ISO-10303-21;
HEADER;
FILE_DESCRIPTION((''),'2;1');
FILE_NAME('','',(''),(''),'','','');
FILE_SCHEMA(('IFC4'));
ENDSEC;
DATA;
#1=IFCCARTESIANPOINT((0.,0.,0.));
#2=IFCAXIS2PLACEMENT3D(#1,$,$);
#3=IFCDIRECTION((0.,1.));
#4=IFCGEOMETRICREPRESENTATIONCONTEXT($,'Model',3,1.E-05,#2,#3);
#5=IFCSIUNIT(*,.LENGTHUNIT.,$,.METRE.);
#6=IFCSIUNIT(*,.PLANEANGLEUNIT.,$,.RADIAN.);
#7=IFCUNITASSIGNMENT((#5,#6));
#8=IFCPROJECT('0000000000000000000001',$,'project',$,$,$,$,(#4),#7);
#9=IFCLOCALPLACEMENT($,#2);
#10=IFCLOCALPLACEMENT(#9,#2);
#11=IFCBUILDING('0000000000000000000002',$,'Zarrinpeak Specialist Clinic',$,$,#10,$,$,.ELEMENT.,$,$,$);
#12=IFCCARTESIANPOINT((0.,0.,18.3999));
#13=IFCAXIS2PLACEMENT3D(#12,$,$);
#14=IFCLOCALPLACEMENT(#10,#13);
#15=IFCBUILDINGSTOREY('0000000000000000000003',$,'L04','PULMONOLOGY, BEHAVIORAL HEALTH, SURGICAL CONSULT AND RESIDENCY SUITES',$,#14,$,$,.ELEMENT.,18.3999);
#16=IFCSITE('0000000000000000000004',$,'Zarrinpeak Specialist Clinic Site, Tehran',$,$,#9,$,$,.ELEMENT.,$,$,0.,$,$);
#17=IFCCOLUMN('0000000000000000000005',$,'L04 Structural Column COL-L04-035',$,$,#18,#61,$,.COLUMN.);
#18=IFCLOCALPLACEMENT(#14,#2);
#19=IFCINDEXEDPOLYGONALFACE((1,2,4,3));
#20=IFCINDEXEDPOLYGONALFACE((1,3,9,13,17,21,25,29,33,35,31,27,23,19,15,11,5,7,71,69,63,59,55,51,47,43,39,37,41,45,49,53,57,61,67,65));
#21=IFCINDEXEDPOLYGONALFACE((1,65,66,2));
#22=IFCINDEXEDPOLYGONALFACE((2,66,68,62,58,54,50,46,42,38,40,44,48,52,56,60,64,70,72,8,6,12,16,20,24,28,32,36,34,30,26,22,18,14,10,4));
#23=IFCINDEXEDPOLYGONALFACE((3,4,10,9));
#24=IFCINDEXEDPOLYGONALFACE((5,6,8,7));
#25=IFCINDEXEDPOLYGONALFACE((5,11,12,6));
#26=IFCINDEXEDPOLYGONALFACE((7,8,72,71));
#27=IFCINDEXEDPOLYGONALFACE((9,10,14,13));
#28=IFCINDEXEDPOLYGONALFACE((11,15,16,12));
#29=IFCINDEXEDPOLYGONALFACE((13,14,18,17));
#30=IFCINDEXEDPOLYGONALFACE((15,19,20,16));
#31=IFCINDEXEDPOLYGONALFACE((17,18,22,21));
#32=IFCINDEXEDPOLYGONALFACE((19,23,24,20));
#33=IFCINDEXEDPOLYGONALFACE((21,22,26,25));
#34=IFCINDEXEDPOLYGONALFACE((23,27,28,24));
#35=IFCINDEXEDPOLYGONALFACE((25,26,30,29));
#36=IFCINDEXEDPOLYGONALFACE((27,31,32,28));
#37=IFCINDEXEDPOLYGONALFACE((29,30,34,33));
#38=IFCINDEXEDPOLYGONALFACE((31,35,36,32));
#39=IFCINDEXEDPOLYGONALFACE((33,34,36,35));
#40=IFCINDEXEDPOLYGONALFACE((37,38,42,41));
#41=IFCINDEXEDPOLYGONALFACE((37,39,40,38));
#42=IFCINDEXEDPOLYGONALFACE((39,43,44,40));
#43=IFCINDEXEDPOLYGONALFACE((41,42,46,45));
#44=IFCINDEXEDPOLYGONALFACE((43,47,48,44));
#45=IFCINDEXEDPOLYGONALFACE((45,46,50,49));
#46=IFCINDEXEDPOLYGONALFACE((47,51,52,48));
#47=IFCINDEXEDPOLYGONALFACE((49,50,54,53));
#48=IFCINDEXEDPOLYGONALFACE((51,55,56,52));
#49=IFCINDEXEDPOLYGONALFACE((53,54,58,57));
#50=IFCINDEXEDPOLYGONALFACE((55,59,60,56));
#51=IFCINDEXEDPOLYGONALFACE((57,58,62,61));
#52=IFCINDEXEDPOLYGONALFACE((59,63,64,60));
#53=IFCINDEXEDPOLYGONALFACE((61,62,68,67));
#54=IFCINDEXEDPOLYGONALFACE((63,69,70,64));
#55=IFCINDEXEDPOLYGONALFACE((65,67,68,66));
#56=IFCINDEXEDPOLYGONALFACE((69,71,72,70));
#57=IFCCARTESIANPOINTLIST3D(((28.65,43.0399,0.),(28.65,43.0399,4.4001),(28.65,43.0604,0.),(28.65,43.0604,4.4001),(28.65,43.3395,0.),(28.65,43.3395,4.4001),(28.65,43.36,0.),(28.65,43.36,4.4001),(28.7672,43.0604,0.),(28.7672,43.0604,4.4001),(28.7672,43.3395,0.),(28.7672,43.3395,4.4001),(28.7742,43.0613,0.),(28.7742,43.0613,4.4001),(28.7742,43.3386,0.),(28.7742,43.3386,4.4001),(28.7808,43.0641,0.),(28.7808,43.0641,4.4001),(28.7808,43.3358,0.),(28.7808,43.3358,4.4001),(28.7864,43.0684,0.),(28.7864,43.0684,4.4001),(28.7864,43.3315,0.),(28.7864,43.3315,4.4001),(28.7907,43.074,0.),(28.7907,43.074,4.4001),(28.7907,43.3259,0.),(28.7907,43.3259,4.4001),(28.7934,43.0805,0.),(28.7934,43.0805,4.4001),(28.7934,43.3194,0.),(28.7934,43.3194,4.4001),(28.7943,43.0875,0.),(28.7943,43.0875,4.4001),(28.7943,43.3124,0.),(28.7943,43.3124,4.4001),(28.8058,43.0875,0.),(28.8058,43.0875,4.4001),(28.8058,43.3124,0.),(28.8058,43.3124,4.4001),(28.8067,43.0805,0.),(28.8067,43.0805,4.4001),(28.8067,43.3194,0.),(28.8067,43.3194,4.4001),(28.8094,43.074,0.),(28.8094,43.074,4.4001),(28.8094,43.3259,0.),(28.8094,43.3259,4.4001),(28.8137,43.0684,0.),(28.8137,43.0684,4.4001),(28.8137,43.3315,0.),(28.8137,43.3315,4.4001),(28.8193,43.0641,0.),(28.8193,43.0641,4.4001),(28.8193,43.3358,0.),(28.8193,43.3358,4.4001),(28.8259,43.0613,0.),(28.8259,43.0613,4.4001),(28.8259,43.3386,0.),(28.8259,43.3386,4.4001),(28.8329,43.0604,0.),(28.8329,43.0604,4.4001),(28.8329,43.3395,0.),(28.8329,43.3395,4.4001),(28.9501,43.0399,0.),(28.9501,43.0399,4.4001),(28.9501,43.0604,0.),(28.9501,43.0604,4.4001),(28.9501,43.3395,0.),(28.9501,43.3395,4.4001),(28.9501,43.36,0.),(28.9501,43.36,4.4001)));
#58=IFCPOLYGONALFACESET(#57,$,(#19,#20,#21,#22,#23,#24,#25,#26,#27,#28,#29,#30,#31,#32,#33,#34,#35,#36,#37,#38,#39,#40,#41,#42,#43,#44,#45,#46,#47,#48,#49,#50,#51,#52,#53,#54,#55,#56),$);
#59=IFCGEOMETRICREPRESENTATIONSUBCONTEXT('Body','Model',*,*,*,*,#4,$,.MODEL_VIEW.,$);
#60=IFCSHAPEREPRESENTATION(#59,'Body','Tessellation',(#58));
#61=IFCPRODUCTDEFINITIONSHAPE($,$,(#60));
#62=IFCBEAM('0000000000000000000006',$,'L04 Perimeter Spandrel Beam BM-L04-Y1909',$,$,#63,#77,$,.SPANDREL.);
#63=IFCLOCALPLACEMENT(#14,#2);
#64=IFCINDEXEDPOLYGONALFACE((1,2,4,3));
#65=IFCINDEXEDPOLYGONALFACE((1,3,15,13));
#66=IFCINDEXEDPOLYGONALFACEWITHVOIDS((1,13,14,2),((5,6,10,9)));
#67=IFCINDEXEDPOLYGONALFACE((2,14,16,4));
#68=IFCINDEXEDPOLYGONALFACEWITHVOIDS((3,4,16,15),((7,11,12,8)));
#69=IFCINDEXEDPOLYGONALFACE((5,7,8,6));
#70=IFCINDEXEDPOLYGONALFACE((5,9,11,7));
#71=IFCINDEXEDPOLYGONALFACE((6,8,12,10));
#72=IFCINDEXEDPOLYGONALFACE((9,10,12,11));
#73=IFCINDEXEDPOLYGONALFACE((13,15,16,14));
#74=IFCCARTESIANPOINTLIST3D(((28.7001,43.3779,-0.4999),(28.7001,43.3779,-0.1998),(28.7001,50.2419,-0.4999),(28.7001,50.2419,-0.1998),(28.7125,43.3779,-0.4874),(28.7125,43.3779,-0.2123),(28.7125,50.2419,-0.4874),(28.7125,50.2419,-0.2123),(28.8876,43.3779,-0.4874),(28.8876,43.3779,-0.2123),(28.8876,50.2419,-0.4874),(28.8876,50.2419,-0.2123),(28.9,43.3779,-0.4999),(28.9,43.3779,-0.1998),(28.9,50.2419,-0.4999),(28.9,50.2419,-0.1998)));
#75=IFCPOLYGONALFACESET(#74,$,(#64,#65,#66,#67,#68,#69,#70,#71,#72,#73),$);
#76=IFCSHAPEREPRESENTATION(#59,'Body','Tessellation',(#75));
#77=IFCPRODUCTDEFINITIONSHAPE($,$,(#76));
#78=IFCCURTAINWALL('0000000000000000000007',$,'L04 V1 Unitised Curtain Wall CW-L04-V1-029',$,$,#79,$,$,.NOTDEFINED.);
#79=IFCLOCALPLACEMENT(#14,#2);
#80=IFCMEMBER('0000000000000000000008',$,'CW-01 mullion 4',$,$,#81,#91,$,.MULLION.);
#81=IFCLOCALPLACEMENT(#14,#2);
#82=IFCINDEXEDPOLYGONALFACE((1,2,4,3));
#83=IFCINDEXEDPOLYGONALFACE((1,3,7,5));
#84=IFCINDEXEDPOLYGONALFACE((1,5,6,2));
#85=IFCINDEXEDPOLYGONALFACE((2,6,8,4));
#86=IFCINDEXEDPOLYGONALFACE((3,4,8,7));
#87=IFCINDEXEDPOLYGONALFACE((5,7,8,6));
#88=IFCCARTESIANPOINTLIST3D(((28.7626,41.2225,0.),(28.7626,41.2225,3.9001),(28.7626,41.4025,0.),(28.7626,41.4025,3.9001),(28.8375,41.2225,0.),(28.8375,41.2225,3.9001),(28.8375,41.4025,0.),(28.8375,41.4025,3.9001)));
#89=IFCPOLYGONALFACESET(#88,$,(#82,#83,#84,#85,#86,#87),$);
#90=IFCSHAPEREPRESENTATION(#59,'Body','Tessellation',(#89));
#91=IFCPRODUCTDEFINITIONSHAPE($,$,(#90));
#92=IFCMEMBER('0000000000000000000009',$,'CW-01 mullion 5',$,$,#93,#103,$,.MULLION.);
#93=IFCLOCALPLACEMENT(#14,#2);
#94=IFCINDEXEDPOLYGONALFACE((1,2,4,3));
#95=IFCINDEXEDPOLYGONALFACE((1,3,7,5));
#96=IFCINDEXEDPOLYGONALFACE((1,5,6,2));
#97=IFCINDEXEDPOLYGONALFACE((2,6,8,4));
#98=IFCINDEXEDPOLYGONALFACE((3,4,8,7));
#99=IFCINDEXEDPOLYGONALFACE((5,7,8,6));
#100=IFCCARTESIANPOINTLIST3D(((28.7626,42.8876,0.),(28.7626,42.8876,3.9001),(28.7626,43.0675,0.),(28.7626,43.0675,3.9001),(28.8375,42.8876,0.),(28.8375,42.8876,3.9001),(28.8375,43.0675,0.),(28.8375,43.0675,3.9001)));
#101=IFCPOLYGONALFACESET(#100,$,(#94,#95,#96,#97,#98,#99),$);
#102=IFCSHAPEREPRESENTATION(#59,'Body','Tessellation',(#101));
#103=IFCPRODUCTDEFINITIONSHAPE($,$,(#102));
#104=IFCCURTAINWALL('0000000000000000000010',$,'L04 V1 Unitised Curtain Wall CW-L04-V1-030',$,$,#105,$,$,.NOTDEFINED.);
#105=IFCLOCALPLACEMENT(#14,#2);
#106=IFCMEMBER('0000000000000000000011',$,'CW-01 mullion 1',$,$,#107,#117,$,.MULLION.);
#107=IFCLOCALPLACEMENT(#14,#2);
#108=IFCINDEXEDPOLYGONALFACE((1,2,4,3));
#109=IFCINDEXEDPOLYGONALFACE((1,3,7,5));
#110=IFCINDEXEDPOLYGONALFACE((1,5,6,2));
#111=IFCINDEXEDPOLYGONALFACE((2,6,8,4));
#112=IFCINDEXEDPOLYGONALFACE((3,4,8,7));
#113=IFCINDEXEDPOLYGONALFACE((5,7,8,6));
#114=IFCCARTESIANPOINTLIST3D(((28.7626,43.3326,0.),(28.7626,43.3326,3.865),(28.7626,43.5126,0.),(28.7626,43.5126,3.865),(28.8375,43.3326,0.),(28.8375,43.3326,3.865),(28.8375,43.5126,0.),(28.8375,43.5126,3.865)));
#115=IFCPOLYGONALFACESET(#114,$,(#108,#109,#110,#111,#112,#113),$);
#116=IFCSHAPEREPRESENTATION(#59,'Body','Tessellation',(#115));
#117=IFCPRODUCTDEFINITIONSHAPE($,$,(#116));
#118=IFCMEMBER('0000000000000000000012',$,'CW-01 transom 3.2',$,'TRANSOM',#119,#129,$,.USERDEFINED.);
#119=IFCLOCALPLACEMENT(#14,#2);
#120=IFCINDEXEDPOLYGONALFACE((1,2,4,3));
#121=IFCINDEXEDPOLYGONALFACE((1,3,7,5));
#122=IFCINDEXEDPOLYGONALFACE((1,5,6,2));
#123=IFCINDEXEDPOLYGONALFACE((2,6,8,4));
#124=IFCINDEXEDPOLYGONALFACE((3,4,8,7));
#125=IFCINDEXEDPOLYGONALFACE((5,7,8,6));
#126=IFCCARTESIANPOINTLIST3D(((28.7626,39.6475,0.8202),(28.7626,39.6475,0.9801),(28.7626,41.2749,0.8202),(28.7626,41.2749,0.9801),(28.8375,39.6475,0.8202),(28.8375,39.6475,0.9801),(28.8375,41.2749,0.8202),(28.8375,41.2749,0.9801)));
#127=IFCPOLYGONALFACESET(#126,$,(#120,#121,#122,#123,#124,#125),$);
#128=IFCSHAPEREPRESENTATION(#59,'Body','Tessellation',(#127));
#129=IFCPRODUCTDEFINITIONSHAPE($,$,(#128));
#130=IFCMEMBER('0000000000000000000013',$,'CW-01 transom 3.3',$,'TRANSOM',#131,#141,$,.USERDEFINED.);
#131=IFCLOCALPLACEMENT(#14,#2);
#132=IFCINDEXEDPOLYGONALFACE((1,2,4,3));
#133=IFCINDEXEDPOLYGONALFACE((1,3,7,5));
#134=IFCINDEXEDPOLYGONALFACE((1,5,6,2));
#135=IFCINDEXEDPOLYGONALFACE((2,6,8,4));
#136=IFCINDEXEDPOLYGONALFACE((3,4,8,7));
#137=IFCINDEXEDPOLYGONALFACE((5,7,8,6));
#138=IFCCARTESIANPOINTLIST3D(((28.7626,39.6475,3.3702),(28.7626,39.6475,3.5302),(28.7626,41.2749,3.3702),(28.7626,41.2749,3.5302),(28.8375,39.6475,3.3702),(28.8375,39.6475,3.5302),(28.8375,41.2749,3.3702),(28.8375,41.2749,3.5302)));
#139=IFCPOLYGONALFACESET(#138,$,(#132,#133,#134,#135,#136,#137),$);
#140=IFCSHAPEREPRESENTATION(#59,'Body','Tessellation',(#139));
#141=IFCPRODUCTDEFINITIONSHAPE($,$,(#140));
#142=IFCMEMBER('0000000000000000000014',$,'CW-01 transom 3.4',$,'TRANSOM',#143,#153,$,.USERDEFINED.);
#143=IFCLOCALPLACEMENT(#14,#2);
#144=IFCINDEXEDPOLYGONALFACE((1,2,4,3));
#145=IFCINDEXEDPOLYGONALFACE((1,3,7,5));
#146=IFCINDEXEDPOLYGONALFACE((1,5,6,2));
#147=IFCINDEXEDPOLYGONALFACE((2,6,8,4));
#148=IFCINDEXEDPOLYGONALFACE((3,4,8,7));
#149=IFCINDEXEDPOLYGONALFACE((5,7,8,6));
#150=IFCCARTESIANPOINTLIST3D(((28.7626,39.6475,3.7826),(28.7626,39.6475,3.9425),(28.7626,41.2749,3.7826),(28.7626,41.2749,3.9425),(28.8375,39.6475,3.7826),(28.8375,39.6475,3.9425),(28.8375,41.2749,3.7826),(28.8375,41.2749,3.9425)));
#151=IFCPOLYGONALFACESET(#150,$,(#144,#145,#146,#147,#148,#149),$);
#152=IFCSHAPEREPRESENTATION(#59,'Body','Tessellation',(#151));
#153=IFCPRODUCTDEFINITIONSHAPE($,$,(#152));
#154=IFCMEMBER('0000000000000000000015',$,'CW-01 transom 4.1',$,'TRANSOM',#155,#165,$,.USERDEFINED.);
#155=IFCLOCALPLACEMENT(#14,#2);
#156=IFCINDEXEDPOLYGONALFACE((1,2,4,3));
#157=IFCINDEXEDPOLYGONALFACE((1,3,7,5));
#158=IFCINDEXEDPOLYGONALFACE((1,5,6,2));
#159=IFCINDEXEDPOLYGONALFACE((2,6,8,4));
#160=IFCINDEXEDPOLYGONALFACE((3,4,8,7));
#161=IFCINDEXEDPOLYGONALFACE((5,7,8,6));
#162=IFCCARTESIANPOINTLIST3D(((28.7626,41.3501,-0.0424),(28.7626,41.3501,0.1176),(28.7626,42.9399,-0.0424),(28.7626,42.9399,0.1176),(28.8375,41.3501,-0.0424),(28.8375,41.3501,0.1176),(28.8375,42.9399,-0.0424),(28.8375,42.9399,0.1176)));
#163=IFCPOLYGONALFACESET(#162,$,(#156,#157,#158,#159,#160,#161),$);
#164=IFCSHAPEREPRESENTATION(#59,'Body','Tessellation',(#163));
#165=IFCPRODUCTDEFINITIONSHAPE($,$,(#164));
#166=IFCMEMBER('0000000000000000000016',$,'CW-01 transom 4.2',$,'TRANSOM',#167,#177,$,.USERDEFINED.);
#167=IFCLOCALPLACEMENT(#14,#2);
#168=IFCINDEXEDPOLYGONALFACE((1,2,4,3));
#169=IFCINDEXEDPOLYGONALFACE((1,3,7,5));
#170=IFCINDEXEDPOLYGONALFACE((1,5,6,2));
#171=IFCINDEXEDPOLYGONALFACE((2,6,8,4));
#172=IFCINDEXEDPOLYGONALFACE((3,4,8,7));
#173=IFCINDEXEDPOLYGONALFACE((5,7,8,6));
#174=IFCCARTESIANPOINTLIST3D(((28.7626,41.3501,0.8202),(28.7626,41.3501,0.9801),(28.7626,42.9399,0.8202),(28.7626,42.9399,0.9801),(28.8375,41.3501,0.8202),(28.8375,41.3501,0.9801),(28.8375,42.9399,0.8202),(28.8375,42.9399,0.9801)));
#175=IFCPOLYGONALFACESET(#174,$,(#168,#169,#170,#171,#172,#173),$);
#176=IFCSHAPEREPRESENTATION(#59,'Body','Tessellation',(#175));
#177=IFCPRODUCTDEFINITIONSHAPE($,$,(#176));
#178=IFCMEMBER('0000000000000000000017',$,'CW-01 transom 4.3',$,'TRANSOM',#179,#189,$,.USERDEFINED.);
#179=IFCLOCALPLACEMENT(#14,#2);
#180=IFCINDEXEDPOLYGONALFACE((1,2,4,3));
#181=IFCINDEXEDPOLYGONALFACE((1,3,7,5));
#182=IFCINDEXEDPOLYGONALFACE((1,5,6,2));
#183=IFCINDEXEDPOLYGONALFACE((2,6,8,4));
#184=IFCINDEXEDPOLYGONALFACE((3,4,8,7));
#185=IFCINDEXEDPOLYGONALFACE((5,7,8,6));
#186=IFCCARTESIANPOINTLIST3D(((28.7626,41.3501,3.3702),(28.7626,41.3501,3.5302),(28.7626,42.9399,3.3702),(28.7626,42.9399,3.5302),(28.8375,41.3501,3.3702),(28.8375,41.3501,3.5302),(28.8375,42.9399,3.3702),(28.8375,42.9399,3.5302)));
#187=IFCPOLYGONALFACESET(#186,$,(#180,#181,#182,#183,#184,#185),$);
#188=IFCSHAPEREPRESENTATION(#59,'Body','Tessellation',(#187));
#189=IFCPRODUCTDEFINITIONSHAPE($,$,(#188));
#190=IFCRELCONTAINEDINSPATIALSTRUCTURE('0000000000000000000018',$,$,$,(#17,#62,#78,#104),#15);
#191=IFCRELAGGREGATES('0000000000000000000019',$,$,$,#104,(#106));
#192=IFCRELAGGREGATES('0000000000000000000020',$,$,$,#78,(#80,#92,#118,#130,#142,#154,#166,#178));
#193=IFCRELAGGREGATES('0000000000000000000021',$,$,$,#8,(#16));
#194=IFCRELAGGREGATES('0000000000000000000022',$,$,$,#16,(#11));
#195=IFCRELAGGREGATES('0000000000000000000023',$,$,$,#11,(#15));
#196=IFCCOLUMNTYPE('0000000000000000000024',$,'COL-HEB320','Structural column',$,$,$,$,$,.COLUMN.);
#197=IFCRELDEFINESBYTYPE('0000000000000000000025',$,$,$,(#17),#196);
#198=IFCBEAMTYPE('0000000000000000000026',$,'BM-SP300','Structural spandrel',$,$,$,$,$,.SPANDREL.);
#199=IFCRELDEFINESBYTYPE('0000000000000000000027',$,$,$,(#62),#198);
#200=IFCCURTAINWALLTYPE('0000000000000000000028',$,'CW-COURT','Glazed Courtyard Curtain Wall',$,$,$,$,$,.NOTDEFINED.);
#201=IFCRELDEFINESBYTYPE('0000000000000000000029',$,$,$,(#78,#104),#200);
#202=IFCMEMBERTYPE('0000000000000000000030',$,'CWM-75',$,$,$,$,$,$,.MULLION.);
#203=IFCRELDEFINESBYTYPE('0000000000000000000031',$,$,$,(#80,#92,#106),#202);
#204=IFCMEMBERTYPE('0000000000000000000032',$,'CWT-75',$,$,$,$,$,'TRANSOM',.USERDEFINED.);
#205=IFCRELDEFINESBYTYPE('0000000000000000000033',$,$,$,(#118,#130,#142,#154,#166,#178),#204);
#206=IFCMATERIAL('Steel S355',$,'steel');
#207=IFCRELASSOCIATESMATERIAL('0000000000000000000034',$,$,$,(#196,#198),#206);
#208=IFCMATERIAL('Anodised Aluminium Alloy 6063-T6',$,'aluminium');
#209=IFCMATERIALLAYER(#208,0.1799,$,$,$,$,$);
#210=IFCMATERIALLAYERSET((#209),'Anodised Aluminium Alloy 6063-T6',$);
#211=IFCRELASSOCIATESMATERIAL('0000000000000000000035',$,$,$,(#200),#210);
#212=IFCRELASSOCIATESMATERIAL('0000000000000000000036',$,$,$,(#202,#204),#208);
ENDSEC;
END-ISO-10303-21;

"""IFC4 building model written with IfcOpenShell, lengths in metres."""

from ifc_helpers import new_model, si_unit, direction, frame, origin, origin_2d, place, context, subcontext, project, spatial, rectangle, hollow_rectangle, i_section, extrude, material, layer, layer_set, material_profile, profile_set, type_object, element, aggregate, save


model = new_model("IFC4")

# Units and contexts
model_context = context("Model", 3, precision=1e-05, world=origin(), true_north=direction((0.0, 1.0)))
body_context = subcontext(model_context, "Body", "Model", "MODEL_VIEW")
ifc_project = project(units=[si_unit("LENGTHUNIT", "METRE"), si_unit("PLANEANGLEUNIT", "RADIAN")], contexts=[model_context])

# Site, building, storey
site_placement = place(None, origin())
site = spatial("IfcSite", under=ifc_project, at=site_placement, Name="Zarrinpeak Specialist Clinic Site, Tehran", CompositionType="ELEMENT", RefElevation=0.0)
building_placement = place(site_placement, origin())
building = spatial("IfcBuilding", under=site, at=building_placement, Name="Zarrinpeak Specialist Clinic", CompositionType="ELEMENT")
storey_placement = place(building_placement, frame((0.0, 0.0, 18.3999)))
storey = spatial("IfcBuildingStorey", under=building, at=storey_placement, Name="L04", Description="PULMONOLOGY, BEHAVIORAL HEALTH, SURGICAL CONSULT AND RESIDENCY SUITES", CompositionType="ELEMENT", Elevation=18.3999)

# Column
ifc_material_1 = material(Name="Steel S355", Category="steel")
ifc_material_profile_1 = material_profile(ifc_material_1, i_section(OverallWidth=0.3, OverallDepth=0.3201, WebThickness=0.0115, FlangeThickness=0.0205, FilletRadius=0.0271, at=origin_2d()), Name="HEB 320")
ifc_profile_set_1 = profile_set([ifc_material_profile_1], Name="Steel S355")
column_type = type_object("IfcColumnType", Name="COL-HEB320", Description="Structural column", PredefinedType="COLUMN", material=ifc_profile_set_1)
column_placement = place(storey_placement, frame((28.8, 43.2, 0.0), z_axis=(0.0, 0.0, 1.0), x_axis=(1.0, 0.0, 0.0)))
element("IfcColumn", 1, at=column_placement, inside=storey, type_object=column_type, Name="L04 Structural Column COL-L04-035", PredefinedType="COLUMN", context=body_context, shape_type="SweptSolid", body=[
    extrude(i_section(OverallWidth=0.3, OverallDepth=0.3201, WebThickness=0.0115, FlangeThickness=0.0205, FilletRadius=0.0271, at=origin_2d()), origin(), (0.0, 0.0, 1.0), 4.4001),
])

# Beam
ifc_material_profile_2 = material_profile(ifc_material_1, hollow_rectangle(XDim=0.2, YDim=0.3, WallThickness=0.0125, at=origin_2d()), Name="RHS 300x200x12.5")
ifc_profile_set_2 = profile_set([ifc_material_profile_2], Name="Steel S355")
beam_type = type_object("IfcBeamType", Name="BM-SP300", Description="Structural spandrel", PredefinedType="SPANDREL", material=ifc_profile_set_2)
beam_placement = place(storey_placement, frame((28.8, 43.3779, -0.3499), z_axis=(0.0, 1.0, 0.0), x_axis=(-1.0, 0.0, 0.0)))
element("IfcBeam", 2, at=beam_placement, inside=storey, type_object=beam_type, Name="L04 Perimeter Spandrel Beam BM-L04-Y1909", PredefinedType="SPANDREL", context=body_context, shape_type="SweptSolid", body=[
    extrude(hollow_rectangle(XDim=0.2, YDim=0.3, WallThickness=0.0125, at=origin_2d()), origin(), (0.0, 0.0, 1.0), 6.864),
])

# Curtain wall, members
ifc_material_2 = material(Name="Anodised Aluminium Alloy 6063-T6", Category="aluminium")
ifc_layer_1 = layer(ifc_material_2, 0.1799)
ifc_layer_set_1 = layer_set([ifc_layer_1], Name="Anodised Aluminium Alloy 6063-T6")
curtain_wall_type = type_object("IfcCurtainWallType", Name="CW-COURT", Description="Glazed Courtyard Curtain Wall", PredefinedType="NOTDEFINED", material=ifc_layer_set_1)
curtain_wall_1_placement = place(storey_placement, origin())
curtain_wall_1 = element("IfcCurtainWall", 3, at=curtain_wall_1_placement, inside=storey, type_object=curtain_wall_type, Name="L04 V1 Unitised Curtain Wall CW-L04-V1-029", PredefinedType="NOTDEFINED")
ifc_material_profile_3 = material_profile(ifc_material_2, rectangle(XDim=0.075, YDim=0.1799, at=origin_2d()), Name="ALU 75x180")
ifc_profile_set_3 = profile_set([ifc_material_profile_3], Name="Anodised Aluminium Alloy 6063-T6")
member_type_1 = type_object("IfcMemberType", Name="CWM-75", PredefinedType="MULLION", material=ifc_profile_set_3)
member_1_placement = place(storey_placement, frame((28.8, 41.3125, 0.0), z_axis=(0.0, 0.0, 1.0), x_axis=(-1.0, 0.0, 0.0)))
member_1 = element("IfcMember", 4, at=member_1_placement, type_object=member_type_1, Name="CW-01 mullion 4", PredefinedType="MULLION", context=body_context, shape_type="SweptSolid", body=[
    extrude(rectangle(XDim=0.075, YDim=0.1799, at=origin_2d()), origin(), (0.0, 0.0, 1.0), 3.9001),
])
member_2_placement = place(storey_placement, frame((28.8, 42.9775, 0.0), z_axis=(0.0, 0.0, 1.0), x_axis=(-1.0, 0.0, 0.0)))
member_2 = element("IfcMember", 5, at=member_2_placement, type_object=member_type_1, Name="CW-01 mullion 5", PredefinedType="MULLION", context=body_context, shape_type="SweptSolid", body=[
    extrude(rectangle(XDim=0.075, YDim=0.1799, at=origin_2d()), origin(), (0.0, 0.0, 1.0), 3.9001),
])

# Curtain wall, member
curtain_wall_2_placement = place(storey_placement, origin())
curtain_wall_2 = element("IfcCurtainWall", 6, at=curtain_wall_2_placement, inside=storey, type_object=curtain_wall_type, Name="L04 V1 Unitised Curtain Wall CW-L04-V1-030", PredefinedType="NOTDEFINED")
member_3_placement = place(storey_placement, frame((28.8, 43.4226, 0.0), z_axis=(0.0, 0.0, 1.0), x_axis=(-1.0, 0.0, 0.0)))
member_3 = element("IfcMember", 7, at=member_3_placement, type_object=member_type_1, Name="CW-01 mullion 1", PredefinedType="MULLION", context=body_context, shape_type="SweptSolid", body=[
    extrude(rectangle(XDim=0.075, YDim=0.1799, at=origin_2d()), origin(), (0.0, 0.0, 1.0), 3.865),
])

# Members
ifc_material_profile_4 = material_profile(ifc_material_2, rectangle(XDim=0.075, YDim=0.1599, at=origin_2d()), Name="ALU 75x160")
ifc_profile_set_4 = profile_set([ifc_material_profile_4], Name="Anodised Aluminium Alloy 6063-T6")
member_type_2 = type_object("IfcMemberType", Name="CWT-75", ElementType="TRANSOM", PredefinedType="USERDEFINED", material=ifc_profile_set_4)
member_4_placement = place(storey_placement, frame((28.8, 39.6475, 0.9001), z_axis=(0.0, 1.0, 0.0), x_axis=(-1.0, 0.0, 0.0)))
member_4 = element("IfcMember", 8, at=member_4_placement, type_object=member_type_2, Name="CW-01 transom 3.2", ObjectType="TRANSOM", PredefinedType="USERDEFINED", context=body_context, shape_type="SweptSolid", body=[
    extrude(rectangle(XDim=0.075, YDim=0.1599, at=origin_2d()), origin(), (0.0, 0.0, 1.0), 1.6274),
])
member_5_placement = place(storey_placement, frame((28.8, 39.6475, 3.4502), z_axis=(0.0, 1.0, 0.0), x_axis=(-1.0, 0.0, 0.0)))
member_5 = element("IfcMember", 9, at=member_5_placement, type_object=member_type_2, Name="CW-01 transom 3.3", ObjectType="TRANSOM", PredefinedType="USERDEFINED", context=body_context, shape_type="SweptSolid", body=[
    extrude(rectangle(XDim=0.075, YDim=0.1599, at=origin_2d()), origin(), (0.0, 0.0, 1.0), 1.6274),
])
member_6_placement = place(storey_placement, frame((28.8, 39.6475, 3.8625), z_axis=(0.0, 1.0, 0.0), x_axis=(-1.0, 0.0, 0.0)))
member_6 = element("IfcMember", 10, at=member_6_placement, type_object=member_type_2, Name="CW-01 transom 3.4", ObjectType="TRANSOM", PredefinedType="USERDEFINED", context=body_context, shape_type="SweptSolid", body=[
    extrude(rectangle(XDim=0.075, YDim=0.1599, at=origin_2d()), origin(), (0.0, 0.0, 1.0), 1.6274),
])
member_7_placement = place(storey_placement, frame((28.8, 41.3501, 0.0376), z_axis=(0.0, 1.0, 0.0), x_axis=(-1.0, 0.0, 0.0)))
member_7 = element("IfcMember", 11, at=member_7_placement, type_object=member_type_2, Name="CW-01 transom 4.1", ObjectType="TRANSOM", PredefinedType="USERDEFINED", context=body_context, shape_type="SweptSolid", body=[
    extrude(rectangle(XDim=0.075, YDim=0.1599, at=origin_2d()), origin(), (0.0, 0.0, 1.0), 1.5898),
])
member_8_placement = place(storey_placement, frame((28.8, 41.3501, 0.9001), z_axis=(0.0, 1.0, 0.0), x_axis=(-1.0, 0.0, 0.0)))
member_8 = element("IfcMember", 12, at=member_8_placement, type_object=member_type_2, Name="CW-01 transom 4.2", ObjectType="TRANSOM", PredefinedType="USERDEFINED", context=body_context, shape_type="SweptSolid", body=[
    extrude(rectangle(XDim=0.075, YDim=0.1599, at=origin_2d()), origin(), (0.0, 0.0, 1.0), 1.5898),
])
member_9_placement = place(storey_placement, frame((28.8, 41.3501, 3.4502), z_axis=(0.0, 1.0, 0.0), x_axis=(-1.0, 0.0, 0.0)))
member_9 = element("IfcMember", 13, at=member_9_placement, type_object=member_type_2, Name="CW-01 transom 4.3", ObjectType="TRANSOM", PredefinedType="USERDEFINED", context=body_context, shape_type="SweptSolid", body=[
    extrude(rectangle(XDim=0.075, YDim=0.1599, at=origin_2d()), origin(), (0.0, 0.0, 1.0), 1.5898),
])
aggregate(curtain_wall_2, [member_3])

aggregate(curtain_wall_1, [member_1, member_2, member_4, member_5, member_6, member_7, member_8, member_9])

save(model, "model.ifc")
